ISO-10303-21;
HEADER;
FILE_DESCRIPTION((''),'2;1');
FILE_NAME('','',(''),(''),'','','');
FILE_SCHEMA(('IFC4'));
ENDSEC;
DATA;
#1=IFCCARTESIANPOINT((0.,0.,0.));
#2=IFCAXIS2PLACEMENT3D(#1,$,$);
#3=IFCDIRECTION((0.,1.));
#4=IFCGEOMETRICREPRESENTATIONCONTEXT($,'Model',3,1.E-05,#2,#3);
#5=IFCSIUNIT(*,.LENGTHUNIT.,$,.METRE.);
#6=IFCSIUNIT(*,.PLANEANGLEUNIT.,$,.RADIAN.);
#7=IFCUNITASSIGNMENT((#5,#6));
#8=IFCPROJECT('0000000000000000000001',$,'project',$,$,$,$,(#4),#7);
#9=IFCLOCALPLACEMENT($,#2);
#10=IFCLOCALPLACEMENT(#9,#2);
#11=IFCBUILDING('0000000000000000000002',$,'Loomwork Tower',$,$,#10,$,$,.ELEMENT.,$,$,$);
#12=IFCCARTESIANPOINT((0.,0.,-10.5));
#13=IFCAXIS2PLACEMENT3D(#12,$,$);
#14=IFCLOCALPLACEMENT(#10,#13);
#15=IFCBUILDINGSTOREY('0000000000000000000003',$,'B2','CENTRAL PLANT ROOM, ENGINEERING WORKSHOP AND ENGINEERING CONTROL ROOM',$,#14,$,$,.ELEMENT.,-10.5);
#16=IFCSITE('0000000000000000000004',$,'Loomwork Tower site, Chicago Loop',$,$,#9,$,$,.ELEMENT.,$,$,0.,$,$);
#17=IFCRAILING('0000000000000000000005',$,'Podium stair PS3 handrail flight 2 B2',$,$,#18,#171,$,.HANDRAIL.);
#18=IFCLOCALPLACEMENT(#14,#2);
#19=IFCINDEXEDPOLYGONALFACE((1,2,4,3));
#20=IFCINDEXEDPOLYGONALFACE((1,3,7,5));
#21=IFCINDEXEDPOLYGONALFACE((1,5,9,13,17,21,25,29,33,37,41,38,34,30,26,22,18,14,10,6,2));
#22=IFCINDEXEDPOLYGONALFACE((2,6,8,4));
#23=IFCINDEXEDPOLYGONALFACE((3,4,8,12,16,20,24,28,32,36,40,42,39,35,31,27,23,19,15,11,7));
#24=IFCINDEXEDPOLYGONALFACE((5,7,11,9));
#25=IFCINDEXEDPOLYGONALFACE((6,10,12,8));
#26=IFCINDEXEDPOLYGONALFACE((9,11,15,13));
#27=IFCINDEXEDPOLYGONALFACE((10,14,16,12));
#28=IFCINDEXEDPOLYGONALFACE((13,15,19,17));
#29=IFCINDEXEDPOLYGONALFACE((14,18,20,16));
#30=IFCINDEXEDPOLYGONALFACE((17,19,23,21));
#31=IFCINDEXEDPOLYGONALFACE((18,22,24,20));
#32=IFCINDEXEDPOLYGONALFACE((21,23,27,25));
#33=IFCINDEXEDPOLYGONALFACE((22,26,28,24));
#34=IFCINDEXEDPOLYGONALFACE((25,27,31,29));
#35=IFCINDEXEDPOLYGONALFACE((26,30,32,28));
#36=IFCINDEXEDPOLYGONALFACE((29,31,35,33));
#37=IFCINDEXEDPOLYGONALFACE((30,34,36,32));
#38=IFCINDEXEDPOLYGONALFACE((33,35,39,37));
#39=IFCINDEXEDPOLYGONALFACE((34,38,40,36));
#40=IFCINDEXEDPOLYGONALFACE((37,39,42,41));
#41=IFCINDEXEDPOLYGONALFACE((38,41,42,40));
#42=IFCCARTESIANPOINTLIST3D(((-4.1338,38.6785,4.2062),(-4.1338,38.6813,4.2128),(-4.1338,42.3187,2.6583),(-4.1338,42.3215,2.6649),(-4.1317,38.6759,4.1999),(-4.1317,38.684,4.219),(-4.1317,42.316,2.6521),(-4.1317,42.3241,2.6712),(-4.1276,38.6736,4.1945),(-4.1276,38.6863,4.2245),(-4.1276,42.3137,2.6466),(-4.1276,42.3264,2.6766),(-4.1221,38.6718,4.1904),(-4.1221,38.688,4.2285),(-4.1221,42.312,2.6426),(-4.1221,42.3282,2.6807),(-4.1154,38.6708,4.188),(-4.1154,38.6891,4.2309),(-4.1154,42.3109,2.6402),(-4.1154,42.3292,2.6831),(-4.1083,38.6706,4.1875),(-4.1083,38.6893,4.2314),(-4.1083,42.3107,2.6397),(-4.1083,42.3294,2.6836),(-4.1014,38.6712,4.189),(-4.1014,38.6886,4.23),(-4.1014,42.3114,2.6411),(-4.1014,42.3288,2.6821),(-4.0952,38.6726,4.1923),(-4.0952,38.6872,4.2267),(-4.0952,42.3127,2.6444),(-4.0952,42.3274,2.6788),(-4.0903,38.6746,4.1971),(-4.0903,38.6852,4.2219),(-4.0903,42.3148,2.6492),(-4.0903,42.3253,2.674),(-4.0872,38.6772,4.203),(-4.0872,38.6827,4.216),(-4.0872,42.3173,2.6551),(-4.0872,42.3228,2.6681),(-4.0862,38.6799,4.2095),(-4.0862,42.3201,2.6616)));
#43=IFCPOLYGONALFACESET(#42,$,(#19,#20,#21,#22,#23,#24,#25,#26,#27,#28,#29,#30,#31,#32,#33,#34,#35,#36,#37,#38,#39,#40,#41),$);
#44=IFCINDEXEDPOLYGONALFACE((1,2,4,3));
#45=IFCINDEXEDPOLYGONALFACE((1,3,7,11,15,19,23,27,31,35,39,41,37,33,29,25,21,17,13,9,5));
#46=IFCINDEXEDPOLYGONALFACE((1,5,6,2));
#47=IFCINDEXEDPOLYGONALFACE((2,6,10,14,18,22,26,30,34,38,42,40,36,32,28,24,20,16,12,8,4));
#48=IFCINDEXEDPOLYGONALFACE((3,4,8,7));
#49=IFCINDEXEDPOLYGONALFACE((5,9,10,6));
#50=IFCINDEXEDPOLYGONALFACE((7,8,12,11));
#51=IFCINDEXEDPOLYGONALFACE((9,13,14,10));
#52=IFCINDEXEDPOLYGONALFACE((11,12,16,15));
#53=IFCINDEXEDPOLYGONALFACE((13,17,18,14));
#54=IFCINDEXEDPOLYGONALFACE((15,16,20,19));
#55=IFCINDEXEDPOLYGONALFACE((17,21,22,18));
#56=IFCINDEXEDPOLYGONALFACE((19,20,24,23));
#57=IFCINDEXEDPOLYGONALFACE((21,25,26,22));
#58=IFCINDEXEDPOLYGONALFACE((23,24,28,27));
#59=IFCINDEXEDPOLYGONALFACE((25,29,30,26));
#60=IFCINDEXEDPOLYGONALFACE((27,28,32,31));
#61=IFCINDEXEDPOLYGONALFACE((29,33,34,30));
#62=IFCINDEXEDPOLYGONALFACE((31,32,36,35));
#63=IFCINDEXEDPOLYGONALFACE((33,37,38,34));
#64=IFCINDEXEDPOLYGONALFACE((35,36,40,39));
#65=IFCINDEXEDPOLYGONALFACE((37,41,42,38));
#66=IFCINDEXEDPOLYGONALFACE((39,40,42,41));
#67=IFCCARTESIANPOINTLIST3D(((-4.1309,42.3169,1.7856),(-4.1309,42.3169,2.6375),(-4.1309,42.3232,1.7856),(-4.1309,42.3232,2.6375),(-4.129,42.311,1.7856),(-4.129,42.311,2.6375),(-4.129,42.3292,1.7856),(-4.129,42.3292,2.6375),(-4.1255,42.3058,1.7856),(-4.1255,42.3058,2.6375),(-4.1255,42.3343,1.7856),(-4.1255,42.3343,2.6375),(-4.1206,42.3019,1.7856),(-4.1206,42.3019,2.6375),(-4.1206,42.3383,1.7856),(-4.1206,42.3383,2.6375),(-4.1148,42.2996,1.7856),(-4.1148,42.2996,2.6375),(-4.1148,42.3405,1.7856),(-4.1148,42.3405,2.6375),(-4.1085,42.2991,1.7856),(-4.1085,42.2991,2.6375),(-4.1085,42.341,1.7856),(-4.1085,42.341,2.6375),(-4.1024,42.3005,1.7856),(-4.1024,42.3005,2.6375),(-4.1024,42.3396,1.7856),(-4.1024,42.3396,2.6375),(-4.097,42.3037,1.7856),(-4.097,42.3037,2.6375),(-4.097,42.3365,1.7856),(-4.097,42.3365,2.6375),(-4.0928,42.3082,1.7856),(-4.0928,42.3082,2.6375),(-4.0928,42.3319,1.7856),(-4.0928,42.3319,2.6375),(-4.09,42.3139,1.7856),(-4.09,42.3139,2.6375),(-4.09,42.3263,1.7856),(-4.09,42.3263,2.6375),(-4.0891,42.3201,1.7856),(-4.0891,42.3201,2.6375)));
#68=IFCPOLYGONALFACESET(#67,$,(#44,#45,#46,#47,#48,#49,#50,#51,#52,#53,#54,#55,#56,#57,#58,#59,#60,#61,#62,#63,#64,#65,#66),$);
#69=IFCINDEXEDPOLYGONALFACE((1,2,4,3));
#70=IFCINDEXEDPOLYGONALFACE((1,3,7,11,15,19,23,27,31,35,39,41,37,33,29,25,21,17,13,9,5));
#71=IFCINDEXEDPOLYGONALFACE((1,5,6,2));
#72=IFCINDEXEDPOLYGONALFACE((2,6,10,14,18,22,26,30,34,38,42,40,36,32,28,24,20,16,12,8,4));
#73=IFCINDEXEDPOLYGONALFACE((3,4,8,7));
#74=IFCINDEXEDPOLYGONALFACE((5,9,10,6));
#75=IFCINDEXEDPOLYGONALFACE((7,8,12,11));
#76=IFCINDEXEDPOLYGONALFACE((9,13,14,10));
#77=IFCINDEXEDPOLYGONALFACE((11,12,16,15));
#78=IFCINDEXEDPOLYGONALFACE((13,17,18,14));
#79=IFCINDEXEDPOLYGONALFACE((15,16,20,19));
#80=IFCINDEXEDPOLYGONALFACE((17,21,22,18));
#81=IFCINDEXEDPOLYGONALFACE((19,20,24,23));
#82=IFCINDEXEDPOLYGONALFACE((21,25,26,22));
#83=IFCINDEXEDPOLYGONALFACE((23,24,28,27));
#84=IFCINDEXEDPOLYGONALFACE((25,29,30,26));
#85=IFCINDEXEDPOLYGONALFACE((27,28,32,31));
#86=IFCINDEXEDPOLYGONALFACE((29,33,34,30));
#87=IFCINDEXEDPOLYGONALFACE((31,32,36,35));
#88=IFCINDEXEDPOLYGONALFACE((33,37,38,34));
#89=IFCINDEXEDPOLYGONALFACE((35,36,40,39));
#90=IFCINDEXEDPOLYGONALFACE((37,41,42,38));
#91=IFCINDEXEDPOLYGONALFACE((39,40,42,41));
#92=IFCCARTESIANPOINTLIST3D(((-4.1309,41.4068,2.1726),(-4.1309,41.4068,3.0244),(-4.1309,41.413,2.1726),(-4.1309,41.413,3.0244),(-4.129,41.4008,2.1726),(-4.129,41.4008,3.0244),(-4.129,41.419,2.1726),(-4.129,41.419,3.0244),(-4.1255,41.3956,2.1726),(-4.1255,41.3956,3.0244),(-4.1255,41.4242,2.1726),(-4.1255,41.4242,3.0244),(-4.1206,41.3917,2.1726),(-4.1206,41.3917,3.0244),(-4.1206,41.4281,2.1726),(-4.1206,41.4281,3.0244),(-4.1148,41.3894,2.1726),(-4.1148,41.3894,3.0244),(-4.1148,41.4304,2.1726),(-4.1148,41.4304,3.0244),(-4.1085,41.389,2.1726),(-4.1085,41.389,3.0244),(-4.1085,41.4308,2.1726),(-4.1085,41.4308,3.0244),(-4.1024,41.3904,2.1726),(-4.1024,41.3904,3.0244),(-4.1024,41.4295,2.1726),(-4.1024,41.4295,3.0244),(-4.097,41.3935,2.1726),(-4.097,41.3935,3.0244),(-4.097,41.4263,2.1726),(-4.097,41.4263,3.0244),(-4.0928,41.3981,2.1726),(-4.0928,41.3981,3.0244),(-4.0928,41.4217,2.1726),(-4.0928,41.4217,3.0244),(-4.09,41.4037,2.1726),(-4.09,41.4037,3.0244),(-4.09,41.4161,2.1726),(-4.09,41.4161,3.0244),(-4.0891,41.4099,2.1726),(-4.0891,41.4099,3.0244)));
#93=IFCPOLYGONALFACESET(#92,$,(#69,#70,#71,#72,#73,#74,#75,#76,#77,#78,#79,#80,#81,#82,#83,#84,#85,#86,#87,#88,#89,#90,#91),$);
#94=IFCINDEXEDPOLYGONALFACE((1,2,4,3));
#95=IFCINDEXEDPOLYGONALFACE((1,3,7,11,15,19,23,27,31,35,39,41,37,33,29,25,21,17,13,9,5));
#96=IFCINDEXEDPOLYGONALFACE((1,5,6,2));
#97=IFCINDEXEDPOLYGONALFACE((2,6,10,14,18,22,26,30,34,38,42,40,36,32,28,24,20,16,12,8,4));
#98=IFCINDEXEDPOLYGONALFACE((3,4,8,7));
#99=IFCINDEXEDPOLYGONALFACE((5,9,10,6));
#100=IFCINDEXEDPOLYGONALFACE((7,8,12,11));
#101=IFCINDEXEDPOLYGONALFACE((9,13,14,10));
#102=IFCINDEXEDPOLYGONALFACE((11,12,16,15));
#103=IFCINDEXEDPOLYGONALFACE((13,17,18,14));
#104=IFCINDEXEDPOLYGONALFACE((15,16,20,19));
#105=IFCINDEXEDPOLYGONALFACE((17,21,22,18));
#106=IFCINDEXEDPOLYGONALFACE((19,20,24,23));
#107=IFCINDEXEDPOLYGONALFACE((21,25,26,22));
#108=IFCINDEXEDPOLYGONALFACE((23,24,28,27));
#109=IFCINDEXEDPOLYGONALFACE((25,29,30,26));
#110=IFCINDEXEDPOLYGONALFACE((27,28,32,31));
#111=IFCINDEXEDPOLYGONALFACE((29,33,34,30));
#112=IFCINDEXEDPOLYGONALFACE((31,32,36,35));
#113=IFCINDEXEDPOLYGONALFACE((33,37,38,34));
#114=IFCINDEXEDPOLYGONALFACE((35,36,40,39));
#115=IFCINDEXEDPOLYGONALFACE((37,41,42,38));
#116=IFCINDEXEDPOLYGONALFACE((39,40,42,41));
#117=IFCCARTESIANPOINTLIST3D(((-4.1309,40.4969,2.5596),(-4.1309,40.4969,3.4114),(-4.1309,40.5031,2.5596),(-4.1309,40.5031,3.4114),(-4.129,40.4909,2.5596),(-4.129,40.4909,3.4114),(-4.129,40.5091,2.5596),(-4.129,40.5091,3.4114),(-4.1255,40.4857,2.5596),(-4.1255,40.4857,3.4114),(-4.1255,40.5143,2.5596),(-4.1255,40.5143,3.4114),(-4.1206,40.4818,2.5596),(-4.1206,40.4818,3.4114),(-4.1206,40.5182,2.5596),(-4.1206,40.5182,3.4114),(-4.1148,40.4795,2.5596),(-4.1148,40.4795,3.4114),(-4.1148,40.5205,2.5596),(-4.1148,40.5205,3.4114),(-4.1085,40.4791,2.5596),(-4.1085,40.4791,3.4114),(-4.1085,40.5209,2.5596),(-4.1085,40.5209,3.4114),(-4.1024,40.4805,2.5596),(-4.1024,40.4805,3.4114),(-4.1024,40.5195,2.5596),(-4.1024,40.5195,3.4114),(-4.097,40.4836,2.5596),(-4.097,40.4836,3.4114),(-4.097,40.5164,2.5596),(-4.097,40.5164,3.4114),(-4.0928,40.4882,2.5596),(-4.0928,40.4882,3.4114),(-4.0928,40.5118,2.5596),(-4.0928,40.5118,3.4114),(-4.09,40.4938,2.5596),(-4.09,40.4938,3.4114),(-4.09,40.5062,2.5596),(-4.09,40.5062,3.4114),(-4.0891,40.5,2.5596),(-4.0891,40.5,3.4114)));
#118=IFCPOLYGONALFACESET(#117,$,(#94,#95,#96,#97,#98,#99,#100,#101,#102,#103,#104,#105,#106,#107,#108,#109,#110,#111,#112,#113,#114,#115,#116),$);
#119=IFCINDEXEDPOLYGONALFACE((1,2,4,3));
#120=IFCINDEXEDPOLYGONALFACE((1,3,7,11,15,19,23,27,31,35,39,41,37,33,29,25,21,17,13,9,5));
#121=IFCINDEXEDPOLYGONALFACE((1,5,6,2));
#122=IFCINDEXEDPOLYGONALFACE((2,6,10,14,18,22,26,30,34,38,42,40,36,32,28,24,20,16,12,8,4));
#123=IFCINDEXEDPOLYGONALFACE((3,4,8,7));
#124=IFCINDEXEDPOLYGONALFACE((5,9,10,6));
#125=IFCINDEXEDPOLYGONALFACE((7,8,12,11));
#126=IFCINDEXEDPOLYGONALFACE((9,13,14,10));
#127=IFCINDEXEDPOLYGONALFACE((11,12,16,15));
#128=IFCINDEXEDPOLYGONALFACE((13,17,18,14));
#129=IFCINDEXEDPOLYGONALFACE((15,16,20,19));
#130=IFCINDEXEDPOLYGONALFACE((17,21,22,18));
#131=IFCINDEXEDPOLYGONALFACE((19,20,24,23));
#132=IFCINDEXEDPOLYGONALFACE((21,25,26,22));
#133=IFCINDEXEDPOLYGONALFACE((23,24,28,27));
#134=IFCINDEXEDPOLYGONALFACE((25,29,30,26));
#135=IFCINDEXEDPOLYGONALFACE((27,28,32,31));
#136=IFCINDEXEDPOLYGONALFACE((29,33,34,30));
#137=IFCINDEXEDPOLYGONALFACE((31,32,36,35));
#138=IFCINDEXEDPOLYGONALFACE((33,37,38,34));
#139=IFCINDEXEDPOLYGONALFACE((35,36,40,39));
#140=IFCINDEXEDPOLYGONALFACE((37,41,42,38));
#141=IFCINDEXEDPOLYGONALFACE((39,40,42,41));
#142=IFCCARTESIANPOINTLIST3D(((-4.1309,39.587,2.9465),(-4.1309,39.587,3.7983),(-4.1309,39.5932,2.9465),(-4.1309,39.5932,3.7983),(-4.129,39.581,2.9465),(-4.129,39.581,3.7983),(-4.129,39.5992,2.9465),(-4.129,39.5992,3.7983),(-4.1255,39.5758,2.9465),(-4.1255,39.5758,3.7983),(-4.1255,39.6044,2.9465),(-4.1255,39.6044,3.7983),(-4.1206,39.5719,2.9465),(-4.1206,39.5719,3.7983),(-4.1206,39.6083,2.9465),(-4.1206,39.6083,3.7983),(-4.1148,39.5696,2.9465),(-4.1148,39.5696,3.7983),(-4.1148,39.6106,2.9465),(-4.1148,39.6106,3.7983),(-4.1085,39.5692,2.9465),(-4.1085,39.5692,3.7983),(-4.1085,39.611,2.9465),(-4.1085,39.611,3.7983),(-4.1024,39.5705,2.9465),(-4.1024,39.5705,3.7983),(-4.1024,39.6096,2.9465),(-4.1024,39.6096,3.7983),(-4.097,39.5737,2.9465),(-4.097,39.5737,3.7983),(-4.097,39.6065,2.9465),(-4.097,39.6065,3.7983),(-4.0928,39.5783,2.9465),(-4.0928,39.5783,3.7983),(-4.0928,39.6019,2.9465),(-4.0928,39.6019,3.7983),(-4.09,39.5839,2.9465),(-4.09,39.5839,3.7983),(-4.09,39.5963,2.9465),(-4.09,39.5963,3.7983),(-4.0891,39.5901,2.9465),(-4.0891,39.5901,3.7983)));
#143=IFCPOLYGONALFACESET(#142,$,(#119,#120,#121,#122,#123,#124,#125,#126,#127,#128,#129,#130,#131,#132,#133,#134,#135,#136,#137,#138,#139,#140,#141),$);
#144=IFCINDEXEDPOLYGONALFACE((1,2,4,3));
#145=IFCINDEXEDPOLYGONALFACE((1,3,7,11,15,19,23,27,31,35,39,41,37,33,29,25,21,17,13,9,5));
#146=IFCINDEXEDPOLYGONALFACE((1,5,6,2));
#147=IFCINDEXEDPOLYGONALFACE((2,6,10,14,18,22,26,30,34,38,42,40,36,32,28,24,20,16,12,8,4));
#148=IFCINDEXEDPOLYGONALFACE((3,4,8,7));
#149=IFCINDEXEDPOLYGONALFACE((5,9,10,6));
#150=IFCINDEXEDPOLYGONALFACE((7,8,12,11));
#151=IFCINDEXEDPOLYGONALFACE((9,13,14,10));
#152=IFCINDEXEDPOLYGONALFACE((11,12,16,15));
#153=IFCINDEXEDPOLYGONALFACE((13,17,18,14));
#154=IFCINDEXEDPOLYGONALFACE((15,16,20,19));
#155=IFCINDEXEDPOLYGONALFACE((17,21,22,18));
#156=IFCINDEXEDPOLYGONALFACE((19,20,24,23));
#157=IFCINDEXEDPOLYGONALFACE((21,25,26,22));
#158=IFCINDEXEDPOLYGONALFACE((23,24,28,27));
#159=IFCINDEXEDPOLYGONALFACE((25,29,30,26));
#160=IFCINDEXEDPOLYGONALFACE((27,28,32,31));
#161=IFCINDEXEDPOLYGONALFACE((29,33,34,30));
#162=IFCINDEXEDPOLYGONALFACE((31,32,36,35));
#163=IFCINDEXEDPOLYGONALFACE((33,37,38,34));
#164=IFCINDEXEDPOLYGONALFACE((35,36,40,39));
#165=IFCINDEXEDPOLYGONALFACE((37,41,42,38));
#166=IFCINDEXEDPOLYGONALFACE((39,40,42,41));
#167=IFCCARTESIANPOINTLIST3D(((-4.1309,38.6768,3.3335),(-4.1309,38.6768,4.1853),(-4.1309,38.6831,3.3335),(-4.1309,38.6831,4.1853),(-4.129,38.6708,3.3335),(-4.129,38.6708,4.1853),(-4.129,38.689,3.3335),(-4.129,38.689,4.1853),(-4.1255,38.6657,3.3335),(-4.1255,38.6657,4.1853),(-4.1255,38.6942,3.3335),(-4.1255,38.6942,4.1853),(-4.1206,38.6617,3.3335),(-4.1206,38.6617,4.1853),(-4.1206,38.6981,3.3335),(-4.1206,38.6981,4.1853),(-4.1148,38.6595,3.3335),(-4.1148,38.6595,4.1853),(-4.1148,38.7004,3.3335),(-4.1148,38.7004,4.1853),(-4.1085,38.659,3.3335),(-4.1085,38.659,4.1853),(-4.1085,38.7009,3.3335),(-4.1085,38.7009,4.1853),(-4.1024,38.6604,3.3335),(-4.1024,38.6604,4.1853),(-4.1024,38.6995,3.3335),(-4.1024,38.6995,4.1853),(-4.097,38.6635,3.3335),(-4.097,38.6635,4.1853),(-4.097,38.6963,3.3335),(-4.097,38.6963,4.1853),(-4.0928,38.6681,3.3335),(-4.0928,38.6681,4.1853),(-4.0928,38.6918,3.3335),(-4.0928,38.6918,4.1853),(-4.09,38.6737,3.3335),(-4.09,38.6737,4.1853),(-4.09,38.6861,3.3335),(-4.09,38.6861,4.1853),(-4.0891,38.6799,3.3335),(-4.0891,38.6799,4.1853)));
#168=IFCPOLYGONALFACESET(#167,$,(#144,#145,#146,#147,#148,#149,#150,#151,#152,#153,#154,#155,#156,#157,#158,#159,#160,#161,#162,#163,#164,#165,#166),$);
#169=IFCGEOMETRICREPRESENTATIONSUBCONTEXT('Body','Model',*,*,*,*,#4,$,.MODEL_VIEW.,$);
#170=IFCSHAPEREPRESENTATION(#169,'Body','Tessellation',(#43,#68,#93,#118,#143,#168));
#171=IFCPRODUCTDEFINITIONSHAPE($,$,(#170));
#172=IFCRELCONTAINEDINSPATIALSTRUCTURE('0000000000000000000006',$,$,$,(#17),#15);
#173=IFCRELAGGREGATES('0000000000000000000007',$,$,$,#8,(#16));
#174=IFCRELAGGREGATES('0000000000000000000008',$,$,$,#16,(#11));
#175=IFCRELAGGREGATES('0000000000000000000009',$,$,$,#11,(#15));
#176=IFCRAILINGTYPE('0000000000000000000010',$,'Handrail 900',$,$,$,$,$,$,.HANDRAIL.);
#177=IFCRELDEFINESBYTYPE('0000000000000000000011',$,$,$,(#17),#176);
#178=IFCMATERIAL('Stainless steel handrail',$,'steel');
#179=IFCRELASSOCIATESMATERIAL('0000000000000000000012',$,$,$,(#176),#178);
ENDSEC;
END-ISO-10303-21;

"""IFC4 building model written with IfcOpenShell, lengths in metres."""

from ifc_helpers import new_model, si_unit, direction, frame, origin, origin_2d, place, context, subcontext, project, spatial, circle, extrude, material, type_object, element, save


model = new_model("IFC4")

# Units and contexts
model_context = context("Model", 3, precision=1e-05, world=origin(), true_north=direction((0.0, 1.0)))
body_context = subcontext(model_context, "Body", "Model", "MODEL_VIEW")
ifc_project = project(units=[si_unit("LENGTHUNIT", "METRE"), si_unit("PLANEANGLEUNIT", "RADIAN")], contexts=[model_context])

# Site, building, storey
site_placement = place(None, origin())
site = spatial("IfcSite", under=ifc_project, at=site_placement, Name="Loomwork Tower site, Chicago Loop", CompositionType="ELEMENT", RefElevation=0.0)
building_placement = place(site_placement, origin())
building = spatial("IfcBuilding", under=site, at=building_placement, Name="Loomwork Tower", CompositionType="ELEMENT")
storey_placement = place(building_placement, frame((0.0, 0.0, -10.5)))
storey = spatial("IfcBuildingStorey", under=building, at=storey_placement, Name="B2", Description="CENTRAL PLANT ROOM, ENGINEERING WORKSHOP AND ENGINEERING CONTROL ROOM", CompositionType="ELEMENT", Elevation=-10.5)

# Railing
ifc_material_1 = material(Name="Stainless steel handrail", Category="steel")
railing_type = type_object("IfcRailingType", Name="Handrail 900", PredefinedType="HANDRAIL", material=ifc_material_1)
railing_1_placement = place(storey_placement, frame((-4.1101, 42.3201, 1.7856)))
element("IfcRailing", 1, at=railing_1_placement, inside=storey, type_object=railing_type, Name="Podium stair PS3 handrail flight 2 B2", PredefinedType="HANDRAIL", context=body_context, shape_type="SweptSolid", body=[
    extrude(circle(Radius=0.0239, at=origin_2d()), frame((0.0, 0.0, 0.876), z_axis=(0.0, -0.920259, 0.391311), x_axis=(1.0, 0.0, 0.0)), (0.0, 0.0, 1.0), 3.9556),
    extrude(circle(Radius=0.021, at=origin_2d()), origin(), (0.0, 0.0, 1.0), 0.8518),
    extrude(circle(Radius=0.021, at=origin_2d()), frame((0.0, -0.9102, 0.387)), (0.0, 0.0, 1.0), 0.8518),
    extrude(circle(Radius=0.021, at=origin_2d()), frame((0.0, -1.8201, 0.7739)), (0.0, 0.0, 1.0), 0.8518),
    extrude(circle(Radius=0.021, at=origin_2d()), frame((0.0, -2.73, 1.1609)), (0.0, 0.0, 1.0), 0.8518),
    extrude(circle(Radius=0.021, at=origin_2d()), frame((0.0, -3.6401, 1.5479)), (0.0, 0.0, 1.0), 0.8518),
])

save(model, "model.ifc")
